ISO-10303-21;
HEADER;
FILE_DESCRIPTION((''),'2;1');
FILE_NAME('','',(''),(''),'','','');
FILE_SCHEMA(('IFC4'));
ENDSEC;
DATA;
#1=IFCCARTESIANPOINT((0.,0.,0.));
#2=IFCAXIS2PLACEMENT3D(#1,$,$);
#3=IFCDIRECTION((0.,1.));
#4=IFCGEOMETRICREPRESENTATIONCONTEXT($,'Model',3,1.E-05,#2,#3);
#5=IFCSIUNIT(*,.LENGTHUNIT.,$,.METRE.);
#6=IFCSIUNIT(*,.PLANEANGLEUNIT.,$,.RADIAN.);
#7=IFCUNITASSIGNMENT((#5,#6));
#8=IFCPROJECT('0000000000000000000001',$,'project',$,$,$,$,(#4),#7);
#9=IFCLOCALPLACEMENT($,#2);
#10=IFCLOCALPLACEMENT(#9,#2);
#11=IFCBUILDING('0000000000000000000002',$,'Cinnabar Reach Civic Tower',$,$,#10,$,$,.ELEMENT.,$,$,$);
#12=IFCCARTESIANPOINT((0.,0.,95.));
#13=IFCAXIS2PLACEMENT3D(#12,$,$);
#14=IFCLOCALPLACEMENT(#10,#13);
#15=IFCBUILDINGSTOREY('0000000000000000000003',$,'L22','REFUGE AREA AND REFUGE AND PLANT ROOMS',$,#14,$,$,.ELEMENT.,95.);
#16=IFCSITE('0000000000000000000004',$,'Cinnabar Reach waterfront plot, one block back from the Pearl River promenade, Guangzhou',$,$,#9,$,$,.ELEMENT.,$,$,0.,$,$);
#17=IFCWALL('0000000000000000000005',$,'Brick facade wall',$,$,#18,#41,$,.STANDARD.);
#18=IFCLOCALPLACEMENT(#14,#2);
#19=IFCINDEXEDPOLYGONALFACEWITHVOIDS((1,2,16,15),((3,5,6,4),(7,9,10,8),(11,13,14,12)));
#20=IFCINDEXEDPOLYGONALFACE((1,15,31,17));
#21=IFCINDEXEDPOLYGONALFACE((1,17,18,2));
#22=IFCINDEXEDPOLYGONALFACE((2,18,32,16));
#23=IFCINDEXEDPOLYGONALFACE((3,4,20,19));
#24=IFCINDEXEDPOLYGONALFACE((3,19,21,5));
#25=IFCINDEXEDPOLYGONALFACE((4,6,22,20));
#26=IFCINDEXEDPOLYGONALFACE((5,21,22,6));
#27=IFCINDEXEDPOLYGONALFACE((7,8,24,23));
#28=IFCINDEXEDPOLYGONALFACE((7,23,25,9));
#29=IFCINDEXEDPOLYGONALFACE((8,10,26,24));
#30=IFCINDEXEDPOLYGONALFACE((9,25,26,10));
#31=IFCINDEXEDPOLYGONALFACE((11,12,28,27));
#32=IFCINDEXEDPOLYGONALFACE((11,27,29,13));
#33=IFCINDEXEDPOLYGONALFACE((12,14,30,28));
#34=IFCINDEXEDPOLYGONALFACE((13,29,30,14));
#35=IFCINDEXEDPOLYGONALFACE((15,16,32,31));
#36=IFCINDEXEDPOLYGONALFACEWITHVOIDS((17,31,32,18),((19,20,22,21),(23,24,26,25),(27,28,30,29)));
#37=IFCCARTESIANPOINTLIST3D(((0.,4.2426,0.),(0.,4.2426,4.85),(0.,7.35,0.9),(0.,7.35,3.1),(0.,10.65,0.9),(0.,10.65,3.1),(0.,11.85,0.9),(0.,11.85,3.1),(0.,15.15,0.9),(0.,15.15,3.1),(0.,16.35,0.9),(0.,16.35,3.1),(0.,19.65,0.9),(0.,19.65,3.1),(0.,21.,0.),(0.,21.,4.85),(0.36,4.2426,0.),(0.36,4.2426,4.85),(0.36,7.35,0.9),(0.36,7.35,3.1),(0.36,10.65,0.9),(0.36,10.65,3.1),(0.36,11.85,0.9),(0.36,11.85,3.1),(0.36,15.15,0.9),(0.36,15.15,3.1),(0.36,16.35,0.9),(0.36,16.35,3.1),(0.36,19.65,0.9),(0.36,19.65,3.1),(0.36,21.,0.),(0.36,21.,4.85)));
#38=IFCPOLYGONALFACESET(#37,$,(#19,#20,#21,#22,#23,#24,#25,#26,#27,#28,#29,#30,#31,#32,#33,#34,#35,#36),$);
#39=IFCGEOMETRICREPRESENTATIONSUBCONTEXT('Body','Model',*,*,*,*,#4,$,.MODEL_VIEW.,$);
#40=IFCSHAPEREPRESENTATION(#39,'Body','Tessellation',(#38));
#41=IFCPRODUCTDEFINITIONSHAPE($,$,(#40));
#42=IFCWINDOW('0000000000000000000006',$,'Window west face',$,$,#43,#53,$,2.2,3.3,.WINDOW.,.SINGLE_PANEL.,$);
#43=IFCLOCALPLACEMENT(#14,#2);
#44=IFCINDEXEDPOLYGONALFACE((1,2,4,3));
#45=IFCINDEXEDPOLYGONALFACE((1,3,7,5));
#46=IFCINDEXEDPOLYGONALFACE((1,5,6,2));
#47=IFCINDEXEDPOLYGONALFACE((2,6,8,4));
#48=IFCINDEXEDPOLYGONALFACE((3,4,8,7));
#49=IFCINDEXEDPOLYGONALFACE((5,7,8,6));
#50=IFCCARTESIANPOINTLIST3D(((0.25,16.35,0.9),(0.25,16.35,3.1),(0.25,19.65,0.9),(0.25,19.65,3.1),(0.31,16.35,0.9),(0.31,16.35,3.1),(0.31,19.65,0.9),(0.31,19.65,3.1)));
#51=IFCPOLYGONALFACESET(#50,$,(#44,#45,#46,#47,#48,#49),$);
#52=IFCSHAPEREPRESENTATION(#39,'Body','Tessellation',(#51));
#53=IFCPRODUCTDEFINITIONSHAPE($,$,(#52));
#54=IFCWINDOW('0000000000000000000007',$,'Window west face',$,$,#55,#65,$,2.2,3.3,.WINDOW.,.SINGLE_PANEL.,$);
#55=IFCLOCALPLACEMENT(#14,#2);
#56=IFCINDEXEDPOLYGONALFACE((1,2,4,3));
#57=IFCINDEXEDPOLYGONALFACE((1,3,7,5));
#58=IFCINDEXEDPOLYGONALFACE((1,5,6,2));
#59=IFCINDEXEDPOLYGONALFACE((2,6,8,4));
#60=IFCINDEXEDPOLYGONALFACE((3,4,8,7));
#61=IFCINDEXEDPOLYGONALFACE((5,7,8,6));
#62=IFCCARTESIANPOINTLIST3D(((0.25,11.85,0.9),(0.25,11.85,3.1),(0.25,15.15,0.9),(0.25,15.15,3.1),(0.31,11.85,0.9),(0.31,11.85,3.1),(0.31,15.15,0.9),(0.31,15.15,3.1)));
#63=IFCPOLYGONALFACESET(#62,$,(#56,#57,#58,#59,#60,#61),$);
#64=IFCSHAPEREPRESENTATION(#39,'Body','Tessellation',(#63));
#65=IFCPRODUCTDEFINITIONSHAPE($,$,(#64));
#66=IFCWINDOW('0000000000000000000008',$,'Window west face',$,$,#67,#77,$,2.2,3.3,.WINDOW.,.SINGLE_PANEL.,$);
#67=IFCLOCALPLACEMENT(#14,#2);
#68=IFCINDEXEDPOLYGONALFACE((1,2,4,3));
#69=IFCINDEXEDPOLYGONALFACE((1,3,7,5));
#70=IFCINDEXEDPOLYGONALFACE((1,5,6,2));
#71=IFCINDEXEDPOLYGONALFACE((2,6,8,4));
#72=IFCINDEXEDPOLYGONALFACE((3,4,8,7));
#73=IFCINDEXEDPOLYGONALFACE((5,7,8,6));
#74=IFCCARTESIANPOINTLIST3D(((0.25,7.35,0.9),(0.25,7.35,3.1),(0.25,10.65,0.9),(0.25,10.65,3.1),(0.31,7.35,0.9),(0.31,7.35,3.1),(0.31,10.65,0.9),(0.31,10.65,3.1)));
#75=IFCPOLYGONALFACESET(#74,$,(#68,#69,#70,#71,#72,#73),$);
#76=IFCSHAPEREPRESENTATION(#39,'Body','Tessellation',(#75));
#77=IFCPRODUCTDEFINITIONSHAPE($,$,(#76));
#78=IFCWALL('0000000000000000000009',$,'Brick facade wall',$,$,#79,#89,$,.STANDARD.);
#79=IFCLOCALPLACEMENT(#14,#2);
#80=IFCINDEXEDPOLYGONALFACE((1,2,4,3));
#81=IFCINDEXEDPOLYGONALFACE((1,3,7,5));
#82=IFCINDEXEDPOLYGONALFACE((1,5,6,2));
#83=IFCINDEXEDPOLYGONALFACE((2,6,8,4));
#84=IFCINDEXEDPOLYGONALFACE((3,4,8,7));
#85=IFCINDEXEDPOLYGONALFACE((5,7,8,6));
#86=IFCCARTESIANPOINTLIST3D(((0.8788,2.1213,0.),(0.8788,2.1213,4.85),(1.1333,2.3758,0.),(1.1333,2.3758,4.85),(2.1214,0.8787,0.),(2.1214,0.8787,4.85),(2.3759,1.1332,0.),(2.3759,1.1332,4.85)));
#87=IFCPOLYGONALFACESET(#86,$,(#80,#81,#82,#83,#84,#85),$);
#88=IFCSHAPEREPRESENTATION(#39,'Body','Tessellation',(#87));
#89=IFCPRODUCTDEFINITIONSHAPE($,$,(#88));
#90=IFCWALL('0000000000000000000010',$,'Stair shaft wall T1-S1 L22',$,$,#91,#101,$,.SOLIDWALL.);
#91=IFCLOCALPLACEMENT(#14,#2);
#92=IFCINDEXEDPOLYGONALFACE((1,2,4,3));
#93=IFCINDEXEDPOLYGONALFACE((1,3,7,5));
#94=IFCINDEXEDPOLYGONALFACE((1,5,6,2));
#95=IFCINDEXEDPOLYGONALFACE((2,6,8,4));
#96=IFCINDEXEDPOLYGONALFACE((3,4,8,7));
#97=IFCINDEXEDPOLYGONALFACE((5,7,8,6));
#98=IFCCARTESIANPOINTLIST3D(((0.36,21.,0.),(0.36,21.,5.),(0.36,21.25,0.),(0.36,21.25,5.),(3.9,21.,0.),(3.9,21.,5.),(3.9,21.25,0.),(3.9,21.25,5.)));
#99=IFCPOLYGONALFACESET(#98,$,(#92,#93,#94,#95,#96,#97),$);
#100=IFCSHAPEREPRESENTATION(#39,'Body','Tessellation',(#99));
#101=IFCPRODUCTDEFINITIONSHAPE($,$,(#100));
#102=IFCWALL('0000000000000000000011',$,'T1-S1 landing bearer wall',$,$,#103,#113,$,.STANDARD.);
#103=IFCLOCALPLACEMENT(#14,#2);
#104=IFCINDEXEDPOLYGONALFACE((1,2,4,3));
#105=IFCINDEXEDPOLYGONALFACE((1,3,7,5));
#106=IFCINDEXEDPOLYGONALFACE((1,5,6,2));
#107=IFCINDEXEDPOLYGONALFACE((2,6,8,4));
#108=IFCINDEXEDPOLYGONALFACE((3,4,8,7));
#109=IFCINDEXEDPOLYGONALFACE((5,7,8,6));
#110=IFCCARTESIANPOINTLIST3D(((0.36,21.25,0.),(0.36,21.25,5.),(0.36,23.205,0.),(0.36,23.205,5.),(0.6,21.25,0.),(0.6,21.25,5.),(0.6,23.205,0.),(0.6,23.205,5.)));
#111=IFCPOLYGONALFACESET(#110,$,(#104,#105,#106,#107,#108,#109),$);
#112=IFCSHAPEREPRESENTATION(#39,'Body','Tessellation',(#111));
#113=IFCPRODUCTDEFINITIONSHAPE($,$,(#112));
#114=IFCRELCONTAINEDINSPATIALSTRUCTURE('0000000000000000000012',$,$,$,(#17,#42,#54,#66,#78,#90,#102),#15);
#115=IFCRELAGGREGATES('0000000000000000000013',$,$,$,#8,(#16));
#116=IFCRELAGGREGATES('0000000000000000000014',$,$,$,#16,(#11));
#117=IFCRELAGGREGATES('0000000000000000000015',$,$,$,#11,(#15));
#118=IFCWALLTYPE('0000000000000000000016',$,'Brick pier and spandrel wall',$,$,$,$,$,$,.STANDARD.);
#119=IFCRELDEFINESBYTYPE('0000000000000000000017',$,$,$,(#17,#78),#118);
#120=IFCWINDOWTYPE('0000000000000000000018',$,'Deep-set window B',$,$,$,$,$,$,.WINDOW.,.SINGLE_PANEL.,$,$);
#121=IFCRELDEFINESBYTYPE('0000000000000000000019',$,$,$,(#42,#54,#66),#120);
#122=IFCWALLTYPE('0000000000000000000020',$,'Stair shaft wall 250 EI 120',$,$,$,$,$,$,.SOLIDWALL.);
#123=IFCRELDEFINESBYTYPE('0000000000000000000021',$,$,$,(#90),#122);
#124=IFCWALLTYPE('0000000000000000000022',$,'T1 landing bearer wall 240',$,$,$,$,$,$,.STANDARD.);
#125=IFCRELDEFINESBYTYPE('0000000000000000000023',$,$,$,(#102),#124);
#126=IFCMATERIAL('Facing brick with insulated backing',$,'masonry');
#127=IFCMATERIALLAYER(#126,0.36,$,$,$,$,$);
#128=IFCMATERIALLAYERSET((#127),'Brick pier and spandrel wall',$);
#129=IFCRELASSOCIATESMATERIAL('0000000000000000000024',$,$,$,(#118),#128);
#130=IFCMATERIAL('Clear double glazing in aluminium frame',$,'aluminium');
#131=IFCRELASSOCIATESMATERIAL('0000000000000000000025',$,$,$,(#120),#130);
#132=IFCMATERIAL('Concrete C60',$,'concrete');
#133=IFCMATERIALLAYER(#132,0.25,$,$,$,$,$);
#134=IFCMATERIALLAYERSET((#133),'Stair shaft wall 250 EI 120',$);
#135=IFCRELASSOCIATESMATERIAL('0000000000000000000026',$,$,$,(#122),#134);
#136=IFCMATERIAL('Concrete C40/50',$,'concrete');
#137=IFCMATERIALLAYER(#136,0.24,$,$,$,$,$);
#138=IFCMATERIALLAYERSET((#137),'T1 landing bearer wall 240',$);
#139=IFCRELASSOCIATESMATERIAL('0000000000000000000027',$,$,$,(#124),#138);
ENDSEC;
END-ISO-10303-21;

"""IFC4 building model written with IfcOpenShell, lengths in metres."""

from ifc_helpers import new_model, si_unit, direction, frame, frame_2d, origin, place, context, subcontext, project, spatial, rectangle, extrude, material, layer, layer_set, type_object, element, fill, save


model = new_model("IFC4")

# Units and contexts
model_context = context("Model", 3, precision=1e-05, world=origin(), true_north=direction((0.0, 1.0)))
body_context = subcontext(model_context, "Body", "Model", "MODEL_VIEW")
ifc_project = project(units=[si_unit("LENGTHUNIT", "METRE"), si_unit("PLANEANGLEUNIT", "RADIAN")], contexts=[model_context])

# Site, building, storey
site_placement = place(None, origin())
site = spatial("IfcSite", under=ifc_project, at=site_placement, Name="Cinnabar Reach waterfront plot, one block back from the Pearl River promenade, Guangzhou", CompositionType="ELEMENT", RefElevation=0.0)
building_placement = place(site_placement, origin())
building = spatial("IfcBuilding", under=site, at=building_placement, Name="Cinnabar Reach Civic Tower", CompositionType="ELEMENT")
storey_placement = place(building_placement, frame((0.0, 0.0, 95.0)))
storey = spatial("IfcBuildingStorey", under=building, at=storey_placement, Name="L22", Description="REFUGE AREA AND REFUGE AND PLANT ROOMS", CompositionType="ELEMENT", Elevation=95.0)

# Shared definitions
ifc_material_1 = material(Name="Facing brick with insulated backing", Category="masonry")

# Wall, openings, windows
ifc_layer_1 = layer(ifc_material_1, 0.36)
ifc_layer_set_1 = layer_set([ifc_layer_1], Name="Brick pier and spandrel wall")
wall_type_1 = type_object("IfcWallType", Name="Brick pier and spandrel wall", PredefinedType="STANDARD", material=ifc_layer_set_1)
wall_1_placement = place(storey_placement, frame((0.18, 21.0, 0.0), z_axis=(0.0, 0.0, 1.0), x_axis=(0.0, -1.0, 0.0)))
wall_1 = element("IfcWall", 1, at=wall_1_placement, inside=storey, type_object=wall_type_1, Name="Brick facade wall", PredefinedType="STANDARD", context=body_context, shape_type="SweptSolid", body=[
    extrude(rectangle(XDim=16.7574, YDim=0.36, at=frame_2d((8.3787, 0.0))), origin(), (0.0, 0.0, 1.0), 4.85),
])
opening_1_placement = place(wall_1_placement, frame((1.35, 0.0, 0.9)))
opening_1 = element("IfcOpeningElement", 2, at=opening_1_placement, cuts=wall_1, PredefinedType="OPENING", context=body_context, shape_type="SweptSolid", body=[
    extrude(rectangle(XDim=3.3, YDim=2.2, at=frame_2d((1.65, 1.1))), frame((0.0, 0.19, 0.0), z_axis=(0.0, -1.0, 0.0), x_axis=(1.0, 0.0, 0.0)), (0.0, 0.0, 1.0), 0.38),
])
opening_2_placement = place(wall_1_placement, frame((5.85, 0.0, 0.9)))
opening_2 = element("IfcOpeningElement", 3, at=opening_2_placement, cuts=wall_1, PredefinedType="OPENING", context=body_context, shape_type="SweptSolid", body=[
    extrude(rectangle(XDim=3.3, YDim=2.2, at=frame_2d((1.65, 1.1))), frame((0.0, 0.19, 0.0), z_axis=(0.0, -1.0, 0.0), x_axis=(1.0, 0.0, 0.0)), (0.0, 0.0, 1.0), 0.38),
])
opening_3_placement = place(wall_1_placement, frame((10.35, 0.0, 0.9)))
opening_3 = element("IfcOpeningElement", 4, at=opening_3_placement, cuts=wall_1, PredefinedType="OPENING", context=body_context, shape_type="SweptSolid", body=[
    extrude(rectangle(XDim=3.3, YDim=2.2, at=frame_2d((1.65, 1.1))), frame((0.0, 0.19, 0.0), z_axis=(0.0, -1.0, 0.0), x_axis=(1.0, 0.0, 0.0)), (0.0, 0.0, 1.0), 0.38),
])
ifc_material_2 = material(Name="Clear double glazing in aluminium frame", Category="aluminium")
window_type = type_object("IfcWindowType", Name="Deep-set window B", PartitioningType="SINGLE_PANEL", PredefinedType="WINDOW", material=ifc_material_2)
window_1_placement = place(opening_1_placement, origin())
window_1 = element("IfcWindow", 5, at=window_1_placement, inside=storey, type_object=window_type, Name="Window west face", OverallHeight=2.2, OverallWidth=3.3, PartitioningType="SINGLE_PANEL", PredefinedType="WINDOW", context=body_context, shape_type="SweptSolid", body=[
    extrude(rectangle(XDim=3.3, YDim=2.2, at=frame_2d((1.65, 1.1))), frame((0.0, 0.13, 0.0), z_axis=(0.0, -1.0, 0.0), x_axis=(1.0, 0.0, 0.0)), (0.0, 0.0, 1.0), 0.06),
])
fill(opening_1, window_1)
window_2_placement = place(opening_2_placement, origin())
window_2 = element("IfcWindow", 6, at=window_2_placement, inside=storey, type_object=window_type, Name="Window west face", OverallHeight=2.2, OverallWidth=3.3, PartitioningType="SINGLE_PANEL", PredefinedType="WINDOW", context=body_context, shape_type="SweptSolid", body=[
    extrude(rectangle(XDim=3.3, YDim=2.2, at=frame_2d((1.65, 1.1))), frame((0.0, 0.13, 0.0), z_axis=(0.0, -1.0, 0.0), x_axis=(1.0, 0.0, 0.0)), (0.0, 0.0, 1.0), 0.06),
])
fill(opening_2, window_2)
window_3_placement = place(opening_3_placement, origin())
window_3 = element("IfcWindow", 7, at=window_3_placement, inside=storey, type_object=window_type, Name="Window west face", OverallHeight=2.2, OverallWidth=3.3, PartitioningType="SINGLE_PANEL", PredefinedType="WINDOW", context=body_context, shape_type="SweptSolid", body=[
    extrude(rectangle(XDim=3.3, YDim=2.2, at=frame_2d((1.65, 1.1))), frame((0.0, 0.13, 0.0), z_axis=(0.0, -1.0, 0.0), x_axis=(1.0, 0.0, 0.0)), (0.0, 0.0, 1.0), 0.06),
])
fill(opening_3, window_3)

# Walls
wall_2_placement = place(storey_placement, frame((1.006, 2.2486, 0.0), z_axis=(0.0, 0.0, 1.0), x_axis=(0.707107, -0.707107, 0.0)))
element("IfcWall", 8, at=wall_2_placement, inside=storey, type_object=wall_type_1, Name="Brick facade wall", PredefinedType="STANDARD", context=body_context, shape_type="SweptSolid", body=[
    extrude(rectangle(XDim=1.7573, YDim=0.36, at=frame_2d((0.8787, 0.0))), origin(), (0.0, 0.0, 1.0), 4.85),
])
ifc_material_3 = material(Name="Concrete C60", Category="concrete")
ifc_layer_2 = layer(ifc_material_3, 0.25)
ifc_layer_set_2 = layer_set([ifc_layer_2], Name="Stair shaft wall 250 EI 120")
wall_type_2 = type_object("IfcWallType", Name="Stair shaft wall 250 EI 120", PredefinedType="SOLIDWALL", material=ifc_layer_set_2)
wall_3_placement = place(storey_placement, frame((0.36, 21.125, 0.0), z_axis=(0.0, 0.0, 1.0), x_axis=(1.0, 0.0, 0.0)))
element("IfcWall", 9, at=wall_3_placement, inside=storey, type_object=wall_type_2, Name="Stair shaft wall T1-S1 L22", PredefinedType="SOLIDWALL", context=body_context, shape_type="SweptSolid", body=[
    extrude(rectangle(XDim=3.54, YDim=0.25, at=frame_2d((1.77, 0.0))), origin(), (0.0, 0.0, 1.0), 5.0),
])
ifc_material_4 = material(Name="Concrete C40/50", Category="concrete")
ifc_layer_3 = layer(ifc_material_4, 0.24)
ifc_layer_set_3 = layer_set([ifc_layer_3], Name="T1 landing bearer wall 240")
wall_type_3 = type_object("IfcWallType", Name="T1 landing bearer wall 240", PredefinedType="STANDARD", material=ifc_layer_set_3)
wall_4_placement = place(storey_placement, frame((0.48, 21.25, 0.0), z_axis=(0.0, 0.0, 1.0), x_axis=(0.0, 1.0, 0.0)))
element("IfcWall", 10, at=wall_4_placement, inside=storey, type_object=wall_type_3, Name="T1-S1 landing bearer wall", PredefinedType="STANDARD", context=body_context, shape_type="SweptSolid", body=[
    extrude(rectangle(XDim=1.955, YDim=0.24, at=frame_2d((0.9775, 0.0))), origin(), (0.0, 0.0, 1.0), 5.0),
])

save(model, "model.ifc")
